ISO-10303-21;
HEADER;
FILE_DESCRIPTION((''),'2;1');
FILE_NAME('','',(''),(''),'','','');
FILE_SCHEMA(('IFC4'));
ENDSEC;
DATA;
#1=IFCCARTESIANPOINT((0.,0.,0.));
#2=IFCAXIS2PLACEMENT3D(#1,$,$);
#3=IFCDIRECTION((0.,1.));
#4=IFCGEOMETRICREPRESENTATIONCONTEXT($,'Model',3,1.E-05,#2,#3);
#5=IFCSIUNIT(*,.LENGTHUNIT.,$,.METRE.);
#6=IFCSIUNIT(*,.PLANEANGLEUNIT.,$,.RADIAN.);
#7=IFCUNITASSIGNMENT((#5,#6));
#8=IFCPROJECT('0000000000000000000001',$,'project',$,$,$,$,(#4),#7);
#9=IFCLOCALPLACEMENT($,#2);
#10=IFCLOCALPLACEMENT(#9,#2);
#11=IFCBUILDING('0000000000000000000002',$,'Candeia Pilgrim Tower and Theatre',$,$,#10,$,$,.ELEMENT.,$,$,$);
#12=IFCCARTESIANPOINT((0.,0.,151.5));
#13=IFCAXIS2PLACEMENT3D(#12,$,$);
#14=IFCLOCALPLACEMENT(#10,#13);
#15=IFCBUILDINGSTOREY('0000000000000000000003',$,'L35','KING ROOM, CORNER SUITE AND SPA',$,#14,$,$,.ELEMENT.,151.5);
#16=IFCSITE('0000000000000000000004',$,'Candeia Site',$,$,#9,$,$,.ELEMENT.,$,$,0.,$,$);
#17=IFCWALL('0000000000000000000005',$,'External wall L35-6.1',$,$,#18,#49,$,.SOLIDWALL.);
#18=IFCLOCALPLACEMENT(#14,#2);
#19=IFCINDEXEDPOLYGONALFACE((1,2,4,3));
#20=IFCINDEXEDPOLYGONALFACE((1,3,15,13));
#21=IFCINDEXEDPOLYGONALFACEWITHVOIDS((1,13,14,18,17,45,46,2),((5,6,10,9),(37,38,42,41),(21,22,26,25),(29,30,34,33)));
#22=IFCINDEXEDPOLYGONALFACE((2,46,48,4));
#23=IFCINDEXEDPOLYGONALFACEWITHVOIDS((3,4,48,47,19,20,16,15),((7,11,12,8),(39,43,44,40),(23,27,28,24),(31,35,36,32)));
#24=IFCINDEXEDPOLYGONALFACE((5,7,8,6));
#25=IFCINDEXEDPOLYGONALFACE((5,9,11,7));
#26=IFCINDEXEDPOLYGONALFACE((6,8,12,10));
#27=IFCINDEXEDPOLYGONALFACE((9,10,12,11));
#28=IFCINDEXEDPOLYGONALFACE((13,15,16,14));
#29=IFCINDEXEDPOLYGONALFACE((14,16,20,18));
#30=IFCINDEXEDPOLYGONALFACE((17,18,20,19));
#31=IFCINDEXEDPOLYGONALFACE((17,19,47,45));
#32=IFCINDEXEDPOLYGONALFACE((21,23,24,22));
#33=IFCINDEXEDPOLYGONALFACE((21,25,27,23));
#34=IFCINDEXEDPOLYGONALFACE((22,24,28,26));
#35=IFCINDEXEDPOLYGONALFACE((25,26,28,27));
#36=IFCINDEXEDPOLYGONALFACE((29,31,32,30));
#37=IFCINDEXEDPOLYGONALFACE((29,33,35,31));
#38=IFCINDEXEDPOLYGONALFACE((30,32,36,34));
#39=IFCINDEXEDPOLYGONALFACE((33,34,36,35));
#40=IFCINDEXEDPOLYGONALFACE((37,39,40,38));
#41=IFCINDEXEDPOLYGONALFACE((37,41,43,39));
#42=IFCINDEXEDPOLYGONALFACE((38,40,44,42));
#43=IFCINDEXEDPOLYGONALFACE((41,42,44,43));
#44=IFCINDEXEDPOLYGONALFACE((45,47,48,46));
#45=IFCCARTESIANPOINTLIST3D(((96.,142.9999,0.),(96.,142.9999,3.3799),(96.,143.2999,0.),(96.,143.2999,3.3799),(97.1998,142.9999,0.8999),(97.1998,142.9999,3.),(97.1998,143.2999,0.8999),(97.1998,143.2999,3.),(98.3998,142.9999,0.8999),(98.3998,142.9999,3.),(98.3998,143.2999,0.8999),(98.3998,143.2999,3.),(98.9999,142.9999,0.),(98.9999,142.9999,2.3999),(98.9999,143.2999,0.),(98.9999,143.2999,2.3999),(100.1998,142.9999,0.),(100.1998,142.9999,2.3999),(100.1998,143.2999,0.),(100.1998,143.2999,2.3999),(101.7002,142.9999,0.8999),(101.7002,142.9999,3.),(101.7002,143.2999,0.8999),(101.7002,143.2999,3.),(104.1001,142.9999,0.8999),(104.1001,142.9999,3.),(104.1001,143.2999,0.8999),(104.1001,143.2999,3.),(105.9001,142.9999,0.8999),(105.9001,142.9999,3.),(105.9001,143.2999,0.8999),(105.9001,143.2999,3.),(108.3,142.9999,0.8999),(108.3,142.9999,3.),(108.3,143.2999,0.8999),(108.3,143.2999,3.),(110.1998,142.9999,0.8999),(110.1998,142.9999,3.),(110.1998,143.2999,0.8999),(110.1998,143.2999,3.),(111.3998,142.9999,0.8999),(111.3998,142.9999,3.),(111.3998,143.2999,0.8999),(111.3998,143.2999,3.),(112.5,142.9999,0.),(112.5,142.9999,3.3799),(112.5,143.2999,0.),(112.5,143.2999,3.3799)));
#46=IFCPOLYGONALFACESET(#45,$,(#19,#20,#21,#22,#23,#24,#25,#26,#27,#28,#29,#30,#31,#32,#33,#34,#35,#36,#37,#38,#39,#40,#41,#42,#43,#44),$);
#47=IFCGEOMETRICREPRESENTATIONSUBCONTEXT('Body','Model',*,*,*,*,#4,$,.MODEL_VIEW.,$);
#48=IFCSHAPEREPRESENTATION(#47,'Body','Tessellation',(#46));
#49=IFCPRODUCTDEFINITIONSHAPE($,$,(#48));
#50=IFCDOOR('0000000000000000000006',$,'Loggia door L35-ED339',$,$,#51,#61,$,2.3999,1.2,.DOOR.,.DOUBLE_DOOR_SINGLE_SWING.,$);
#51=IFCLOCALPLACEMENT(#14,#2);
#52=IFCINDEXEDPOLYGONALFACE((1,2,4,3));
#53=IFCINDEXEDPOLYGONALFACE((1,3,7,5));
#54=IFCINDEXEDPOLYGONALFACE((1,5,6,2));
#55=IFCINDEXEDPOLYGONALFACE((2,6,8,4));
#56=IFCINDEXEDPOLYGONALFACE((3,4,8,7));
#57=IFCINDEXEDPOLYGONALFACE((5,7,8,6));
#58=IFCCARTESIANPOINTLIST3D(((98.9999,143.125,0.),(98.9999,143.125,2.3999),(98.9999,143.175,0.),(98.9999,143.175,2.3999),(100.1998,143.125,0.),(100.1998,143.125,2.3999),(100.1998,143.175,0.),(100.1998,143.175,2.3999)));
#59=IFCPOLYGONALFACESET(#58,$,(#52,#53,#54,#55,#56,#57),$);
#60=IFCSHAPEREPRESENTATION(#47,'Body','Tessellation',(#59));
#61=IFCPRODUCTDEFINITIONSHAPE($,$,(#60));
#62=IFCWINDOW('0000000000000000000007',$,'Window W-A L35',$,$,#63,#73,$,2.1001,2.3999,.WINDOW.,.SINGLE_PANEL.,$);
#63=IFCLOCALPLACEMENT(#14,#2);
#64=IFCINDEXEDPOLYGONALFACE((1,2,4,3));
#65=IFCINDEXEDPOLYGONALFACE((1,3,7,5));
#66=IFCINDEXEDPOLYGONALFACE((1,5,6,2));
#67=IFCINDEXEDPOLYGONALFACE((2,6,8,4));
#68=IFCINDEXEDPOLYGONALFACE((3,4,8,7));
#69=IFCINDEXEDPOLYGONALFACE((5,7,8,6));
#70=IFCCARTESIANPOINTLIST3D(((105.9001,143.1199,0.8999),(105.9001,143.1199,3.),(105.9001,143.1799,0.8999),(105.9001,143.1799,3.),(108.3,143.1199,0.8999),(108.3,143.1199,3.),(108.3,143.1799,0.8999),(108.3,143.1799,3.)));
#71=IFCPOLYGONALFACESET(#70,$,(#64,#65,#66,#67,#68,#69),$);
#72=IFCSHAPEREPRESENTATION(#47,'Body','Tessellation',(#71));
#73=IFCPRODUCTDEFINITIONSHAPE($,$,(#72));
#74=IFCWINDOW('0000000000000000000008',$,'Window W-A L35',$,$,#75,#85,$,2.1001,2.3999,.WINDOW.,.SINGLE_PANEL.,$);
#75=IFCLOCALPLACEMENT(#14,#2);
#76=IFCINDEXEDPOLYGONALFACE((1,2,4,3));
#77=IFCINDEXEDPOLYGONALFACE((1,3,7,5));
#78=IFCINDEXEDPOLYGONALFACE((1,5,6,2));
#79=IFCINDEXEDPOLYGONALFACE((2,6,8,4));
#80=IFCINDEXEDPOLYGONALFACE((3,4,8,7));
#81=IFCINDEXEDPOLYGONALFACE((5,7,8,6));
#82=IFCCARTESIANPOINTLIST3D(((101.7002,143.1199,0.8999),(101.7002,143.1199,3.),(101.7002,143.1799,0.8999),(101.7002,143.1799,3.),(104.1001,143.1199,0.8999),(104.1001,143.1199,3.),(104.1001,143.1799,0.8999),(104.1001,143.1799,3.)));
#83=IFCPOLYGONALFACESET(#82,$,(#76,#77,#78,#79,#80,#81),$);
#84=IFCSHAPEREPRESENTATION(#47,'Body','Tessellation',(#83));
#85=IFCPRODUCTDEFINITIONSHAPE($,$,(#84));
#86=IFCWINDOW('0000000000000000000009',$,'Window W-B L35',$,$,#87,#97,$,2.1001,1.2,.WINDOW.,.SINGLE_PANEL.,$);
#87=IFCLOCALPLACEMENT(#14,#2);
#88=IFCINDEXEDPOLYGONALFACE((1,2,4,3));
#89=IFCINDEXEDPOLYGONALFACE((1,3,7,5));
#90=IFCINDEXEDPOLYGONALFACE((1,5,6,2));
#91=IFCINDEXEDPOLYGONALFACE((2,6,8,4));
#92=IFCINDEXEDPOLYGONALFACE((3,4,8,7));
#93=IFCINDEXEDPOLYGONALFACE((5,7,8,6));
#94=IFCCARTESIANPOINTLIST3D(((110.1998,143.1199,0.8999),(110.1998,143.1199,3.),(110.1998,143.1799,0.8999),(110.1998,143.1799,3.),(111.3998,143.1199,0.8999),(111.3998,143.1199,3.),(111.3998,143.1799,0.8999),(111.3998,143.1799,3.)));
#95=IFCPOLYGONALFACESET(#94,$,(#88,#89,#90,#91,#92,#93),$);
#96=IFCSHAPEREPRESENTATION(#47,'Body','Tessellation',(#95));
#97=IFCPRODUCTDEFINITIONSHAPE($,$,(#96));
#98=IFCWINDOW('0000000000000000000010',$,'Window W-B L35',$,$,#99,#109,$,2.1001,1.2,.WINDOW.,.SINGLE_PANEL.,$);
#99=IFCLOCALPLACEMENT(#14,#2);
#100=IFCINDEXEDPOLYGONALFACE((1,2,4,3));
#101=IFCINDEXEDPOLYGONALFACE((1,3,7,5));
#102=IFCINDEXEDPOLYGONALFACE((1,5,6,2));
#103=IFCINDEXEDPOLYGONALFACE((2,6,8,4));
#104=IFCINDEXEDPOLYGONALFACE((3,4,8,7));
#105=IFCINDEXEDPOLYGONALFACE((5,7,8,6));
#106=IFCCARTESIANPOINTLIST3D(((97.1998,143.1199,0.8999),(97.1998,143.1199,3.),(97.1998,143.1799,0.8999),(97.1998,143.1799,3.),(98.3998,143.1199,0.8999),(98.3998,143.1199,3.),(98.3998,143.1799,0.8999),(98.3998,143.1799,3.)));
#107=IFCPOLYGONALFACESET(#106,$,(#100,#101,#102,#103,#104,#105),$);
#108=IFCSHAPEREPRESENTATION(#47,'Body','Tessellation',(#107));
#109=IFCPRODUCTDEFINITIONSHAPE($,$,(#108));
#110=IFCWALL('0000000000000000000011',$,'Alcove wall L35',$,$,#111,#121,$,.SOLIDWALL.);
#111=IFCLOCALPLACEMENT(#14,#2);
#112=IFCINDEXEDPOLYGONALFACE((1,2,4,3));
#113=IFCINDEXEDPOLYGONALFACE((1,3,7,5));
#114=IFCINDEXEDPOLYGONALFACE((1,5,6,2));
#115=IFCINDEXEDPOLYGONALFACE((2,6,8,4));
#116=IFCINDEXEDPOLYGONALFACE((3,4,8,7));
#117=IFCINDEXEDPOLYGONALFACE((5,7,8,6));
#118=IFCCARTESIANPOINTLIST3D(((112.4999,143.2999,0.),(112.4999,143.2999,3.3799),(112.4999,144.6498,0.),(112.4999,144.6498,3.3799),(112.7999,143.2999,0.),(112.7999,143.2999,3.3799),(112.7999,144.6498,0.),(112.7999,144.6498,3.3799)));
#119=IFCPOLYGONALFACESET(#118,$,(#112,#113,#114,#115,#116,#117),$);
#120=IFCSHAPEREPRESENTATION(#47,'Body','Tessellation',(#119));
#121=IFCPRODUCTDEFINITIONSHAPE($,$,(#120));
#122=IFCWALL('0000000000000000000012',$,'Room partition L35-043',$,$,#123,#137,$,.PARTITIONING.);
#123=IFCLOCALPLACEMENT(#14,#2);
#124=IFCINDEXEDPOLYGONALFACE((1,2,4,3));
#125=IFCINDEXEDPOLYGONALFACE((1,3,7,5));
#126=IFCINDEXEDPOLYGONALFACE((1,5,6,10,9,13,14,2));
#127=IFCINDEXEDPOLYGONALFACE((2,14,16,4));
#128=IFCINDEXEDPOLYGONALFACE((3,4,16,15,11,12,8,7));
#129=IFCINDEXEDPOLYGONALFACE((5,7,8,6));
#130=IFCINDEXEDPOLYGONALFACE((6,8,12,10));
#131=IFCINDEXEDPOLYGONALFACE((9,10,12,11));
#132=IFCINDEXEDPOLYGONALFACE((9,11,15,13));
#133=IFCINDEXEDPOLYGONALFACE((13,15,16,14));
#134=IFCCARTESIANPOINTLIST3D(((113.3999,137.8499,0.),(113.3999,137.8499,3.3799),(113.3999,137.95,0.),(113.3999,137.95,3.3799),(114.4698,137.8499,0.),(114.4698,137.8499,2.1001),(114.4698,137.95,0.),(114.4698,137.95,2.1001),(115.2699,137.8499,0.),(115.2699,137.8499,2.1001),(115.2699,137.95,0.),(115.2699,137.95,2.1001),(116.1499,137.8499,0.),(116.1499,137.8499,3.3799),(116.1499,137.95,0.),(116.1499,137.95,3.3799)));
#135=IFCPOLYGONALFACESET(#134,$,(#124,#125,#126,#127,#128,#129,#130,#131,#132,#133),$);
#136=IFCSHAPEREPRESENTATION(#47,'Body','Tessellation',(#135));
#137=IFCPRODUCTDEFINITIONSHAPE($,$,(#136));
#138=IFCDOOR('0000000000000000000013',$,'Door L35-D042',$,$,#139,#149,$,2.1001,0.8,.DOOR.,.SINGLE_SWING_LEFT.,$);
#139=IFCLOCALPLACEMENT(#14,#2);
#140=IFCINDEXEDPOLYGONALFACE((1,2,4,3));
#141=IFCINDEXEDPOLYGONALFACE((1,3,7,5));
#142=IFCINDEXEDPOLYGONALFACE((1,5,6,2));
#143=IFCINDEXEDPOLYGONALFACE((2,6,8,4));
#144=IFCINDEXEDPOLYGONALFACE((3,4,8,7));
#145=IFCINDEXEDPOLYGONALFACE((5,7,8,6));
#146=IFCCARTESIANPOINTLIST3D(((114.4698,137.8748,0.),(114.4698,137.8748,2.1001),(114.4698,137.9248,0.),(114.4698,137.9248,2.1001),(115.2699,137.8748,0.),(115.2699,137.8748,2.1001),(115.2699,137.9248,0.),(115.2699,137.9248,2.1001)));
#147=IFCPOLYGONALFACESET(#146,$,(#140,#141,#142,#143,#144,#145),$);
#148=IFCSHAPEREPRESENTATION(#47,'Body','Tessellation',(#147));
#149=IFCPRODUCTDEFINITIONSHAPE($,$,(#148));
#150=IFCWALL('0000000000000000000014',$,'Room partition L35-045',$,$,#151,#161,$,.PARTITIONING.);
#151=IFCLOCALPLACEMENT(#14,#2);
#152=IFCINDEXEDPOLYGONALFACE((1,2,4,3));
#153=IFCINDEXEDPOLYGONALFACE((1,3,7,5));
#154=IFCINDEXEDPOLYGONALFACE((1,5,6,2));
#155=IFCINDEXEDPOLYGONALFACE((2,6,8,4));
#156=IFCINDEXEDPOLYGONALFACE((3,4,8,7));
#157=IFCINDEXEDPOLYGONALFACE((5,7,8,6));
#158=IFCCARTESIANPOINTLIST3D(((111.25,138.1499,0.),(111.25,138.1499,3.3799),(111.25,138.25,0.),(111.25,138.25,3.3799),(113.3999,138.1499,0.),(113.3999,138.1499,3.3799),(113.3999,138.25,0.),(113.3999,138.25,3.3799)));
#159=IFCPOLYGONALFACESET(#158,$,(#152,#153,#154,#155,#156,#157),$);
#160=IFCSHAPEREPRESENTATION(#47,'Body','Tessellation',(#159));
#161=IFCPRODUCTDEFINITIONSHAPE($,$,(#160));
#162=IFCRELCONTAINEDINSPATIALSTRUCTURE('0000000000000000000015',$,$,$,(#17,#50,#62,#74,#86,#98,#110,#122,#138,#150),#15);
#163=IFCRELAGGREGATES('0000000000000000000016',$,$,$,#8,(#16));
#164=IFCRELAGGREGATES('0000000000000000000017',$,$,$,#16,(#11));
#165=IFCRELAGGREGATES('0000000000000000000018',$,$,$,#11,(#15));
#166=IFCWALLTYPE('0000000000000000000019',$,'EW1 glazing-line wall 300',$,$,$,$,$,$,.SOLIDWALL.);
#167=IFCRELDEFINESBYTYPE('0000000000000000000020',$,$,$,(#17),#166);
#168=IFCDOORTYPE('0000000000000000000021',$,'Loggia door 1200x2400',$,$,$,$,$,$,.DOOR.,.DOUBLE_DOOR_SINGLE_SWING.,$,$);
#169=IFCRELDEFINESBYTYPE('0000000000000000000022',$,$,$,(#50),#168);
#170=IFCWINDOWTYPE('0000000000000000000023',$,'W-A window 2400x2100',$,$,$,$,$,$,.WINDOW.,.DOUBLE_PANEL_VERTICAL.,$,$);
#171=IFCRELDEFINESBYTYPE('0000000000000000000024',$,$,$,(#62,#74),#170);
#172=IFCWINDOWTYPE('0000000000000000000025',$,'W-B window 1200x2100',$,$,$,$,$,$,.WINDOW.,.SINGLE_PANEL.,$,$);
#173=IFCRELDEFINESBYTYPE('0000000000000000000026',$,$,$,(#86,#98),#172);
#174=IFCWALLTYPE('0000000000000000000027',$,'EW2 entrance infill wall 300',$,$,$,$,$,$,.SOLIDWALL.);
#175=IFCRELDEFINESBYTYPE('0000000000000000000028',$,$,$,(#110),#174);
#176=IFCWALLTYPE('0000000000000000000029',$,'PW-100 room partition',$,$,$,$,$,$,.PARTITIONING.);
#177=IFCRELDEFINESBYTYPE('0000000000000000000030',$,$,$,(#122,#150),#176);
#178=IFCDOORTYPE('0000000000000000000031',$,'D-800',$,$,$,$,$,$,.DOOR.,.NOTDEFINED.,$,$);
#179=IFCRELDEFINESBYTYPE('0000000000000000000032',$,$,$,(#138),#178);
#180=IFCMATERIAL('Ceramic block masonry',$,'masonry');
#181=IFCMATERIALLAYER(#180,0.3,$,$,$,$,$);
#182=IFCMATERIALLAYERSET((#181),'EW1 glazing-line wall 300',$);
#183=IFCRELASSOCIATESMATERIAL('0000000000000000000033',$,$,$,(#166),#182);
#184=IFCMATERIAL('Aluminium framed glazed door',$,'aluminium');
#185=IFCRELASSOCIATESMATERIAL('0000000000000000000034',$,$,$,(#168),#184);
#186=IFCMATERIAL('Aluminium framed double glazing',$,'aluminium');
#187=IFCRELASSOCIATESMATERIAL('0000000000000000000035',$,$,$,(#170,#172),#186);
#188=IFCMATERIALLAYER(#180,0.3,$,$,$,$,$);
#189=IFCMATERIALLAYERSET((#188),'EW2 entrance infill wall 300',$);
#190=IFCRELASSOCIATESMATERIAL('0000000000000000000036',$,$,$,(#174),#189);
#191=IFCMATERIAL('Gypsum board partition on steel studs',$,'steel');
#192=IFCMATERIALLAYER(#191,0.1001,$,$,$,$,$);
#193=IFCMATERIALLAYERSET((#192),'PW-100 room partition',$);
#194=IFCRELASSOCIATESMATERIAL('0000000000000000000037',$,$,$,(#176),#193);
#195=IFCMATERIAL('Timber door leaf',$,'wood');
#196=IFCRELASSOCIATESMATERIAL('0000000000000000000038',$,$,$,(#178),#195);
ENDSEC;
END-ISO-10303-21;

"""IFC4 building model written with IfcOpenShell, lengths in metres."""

from ifc_helpers import new_model, si_unit, direction, frame, frame_2d, origin, place, context, subcontext, project, spatial, rectangle, extrude, material, layer, layer_set, type_object, element, fill, save


model = new_model("IFC4")

# Units and contexts
model_context = context("Model", 3, precision=1e-05, world=origin(), true_north=direction((0.0, 1.0)))
body_context = subcontext(model_context, "Body", "Model", "MODEL_VIEW")
ifc_project = project(units=[si_unit("LENGTHUNIT", "METRE"), si_unit("PLANEANGLEUNIT", "RADIAN")], contexts=[model_context])

# Site, building, storey
site_placement = place(None, origin())
site = spatial("IfcSite", under=ifc_project, at=site_placement, Name="Candeia Site", CompositionType="ELEMENT", RefElevation=0.0)
building_placement = place(site_placement, origin())
building = spatial("IfcBuilding", under=site, at=building_placement, Name="Candeia Pilgrim Tower and Theatre", CompositionType="ELEMENT")
storey_placement = place(building_placement, frame((0.0, 0.0, 151.5)))
storey = spatial("IfcBuildingStorey", under=building, at=storey_placement, Name="L35", Description="KING ROOM, CORNER SUITE AND SPA", CompositionType="ELEMENT", Elevation=151.5)

# Wall, openings, door, windows
ifc_material_1 = material(Name="Ceramic block masonry", Category="masonry")
ifc_layer_1 = layer(ifc_material_1, 0.3)
ifc_layer_set_1 = layer_set([ifc_layer_1], Name="EW1 glazing-line wall 300")
wall_type_1 = type_object("IfcWallType", Name="EW1 glazing-line wall 300", PredefinedType="SOLIDWALL", material=ifc_layer_set_1)
wall_1_placement = place(storey_placement, frame((112.5, 143.1499, 0.0), z_axis=(0.0, 0.0, 1.0), x_axis=(-1.0, 0.0, 0.0)))
wall_1 = element("IfcWall", 1, at=wall_1_placement, inside=storey, type_object=wall_type_1, Name="External wall L35-6.1", PredefinedType="SOLIDWALL", context=body_context, shape_type="SweptSolid", body=[
    extrude(rectangle(XDim=16.5, YDim=0.3, at=frame_2d((8.25, 0.0))), origin(), (0.0, 0.0, 1.0), 3.3799),
])
opening_1_placement = place(wall_1_placement, frame((1.1001, 0.0, 0.8999)))
opening_1 = element("IfcOpeningElement", 2, at=opening_1_placement, cuts=wall_1, PredefinedType="OPENING", context=body_context, shape_type="SweptSolid", body=[
    extrude(rectangle(XDim=1.2, YDim=2.1001, at=frame_2d((0.6001, 1.05))), frame((0.0, 0.1602, 0.0), z_axis=(0.0, -1.0, 0.0), x_axis=(1.0, 0.0, 0.0)), (0.0, 0.0, 1.0), 0.3201),
])
opening_2_placement = place(wall_1_placement, frame((4.2, 0.0, 0.8999)))
opening_2 = element("IfcOpeningElement", 3, at=opening_2_placement, cuts=wall_1, PredefinedType="OPENING", context=body_context, shape_type="SweptSolid", body=[
    extrude(rectangle(XDim=2.3999, YDim=2.1001, at=frame_2d((1.2, 1.05))), frame((0.0, 0.1602, 0.0), z_axis=(0.0, -1.0, 0.0), x_axis=(1.0, 0.0, 0.0)), (0.0, 0.0, 1.0), 0.3201),
])
opening_3_placement = place(wall_1_placement, frame((8.3999, 0.0, 0.8999)))
opening_3 = element("IfcOpeningElement", 4, at=opening_3_placement, cuts=wall_1, PredefinedType="OPENING", context=body_context, shape_type="SweptSolid", body=[
    extrude(rectangle(XDim=2.3999, YDim=2.1001, at=frame_2d((1.2, 1.05))), frame((0.0, 0.1602, 0.0), z_axis=(0.0, -1.0, 0.0), x_axis=(1.0, 0.0, 0.0)), (0.0, 0.0, 1.0), 0.3201),
])
opening_4_placement = place(wall_1_placement, frame((12.3, 0.0, 0.0)))
opening_4 = element("IfcOpeningElement", 5, at=opening_4_placement, cuts=wall_1, PredefinedType="OPENING", context=body_context, shape_type="SweptSolid", body=[
    extrude(rectangle(XDim=1.2, YDim=2.3999, at=frame_2d((0.6001, 1.2))), frame((0.0, 0.1602, 0.0), z_axis=(0.0, -1.0, 0.0), x_axis=(1.0, 0.0, 0.0)), (0.0, 0.0, 1.0), 0.3201),
])
opening_5_placement = place(wall_1_placement, frame((14.1001, 0.0, 0.8999)))
opening_5 = element("IfcOpeningElement", 6, at=opening_5_placement, cuts=wall_1, PredefinedType="OPENING", context=body_context, shape_type="SweptSolid", body=[
    extrude(rectangle(XDim=1.2, YDim=2.1001, at=frame_2d((0.6001, 1.05))), frame((0.0, 0.1602, 0.0), z_axis=(0.0, -1.0, 0.0), x_axis=(1.0, 0.0, 0.0)), (0.0, 0.0, 1.0), 0.3201),
])
ifc_material_2 = material(Name="Aluminium framed glazed door", Category="aluminium")
door_type_1 = type_object("IfcDoorType", Name="Loggia door 1200x2400", OperationType="DOUBLE_DOOR_SINGLE_SWING", PredefinedType="DOOR", material=ifc_material_2)
door_1_placement = place(opening_4_placement, origin())
door_1 = element("IfcDoor", 7, at=door_1_placement, inside=storey, type_object=door_type_1, Name="Loggia door L35-ED339", OperationType="DOUBLE_DOOR_SINGLE_SWING", OverallHeight=2.3999, OverallWidth=1.2, PredefinedType="DOOR", context=body_context, shape_type="SweptSolid", body=[
    extrude(rectangle(XDim=1.2, YDim=2.3999, at=frame_2d((0.6001, 1.2))), frame((0.0, 0.0249, 0.0), z_axis=(0.0, -1.0, 0.0), x_axis=(1.0, 0.0, 0.0)), (0.0, 0.0, 1.0), 0.05),
])
fill(opening_4, door_1)
ifc_material_3 = material(Name="Aluminium framed double glazing", Category="aluminium")
window_type_1 = type_object("IfcWindowType", Name="W-A window 2400x2100", PartitioningType="DOUBLE_PANEL_VERTICAL", PredefinedType="WINDOW", material=ifc_material_3)
window_1_placement = place(opening_2_placement, origin())
window_1 = element("IfcWindow", 8, at=window_1_placement, inside=storey, type_object=window_type_1, Name="Window W-A L35", OverallHeight=2.1001, OverallWidth=2.3999, PartitioningType="SINGLE_PANEL", PredefinedType="WINDOW", context=body_context, shape_type="SweptSolid", body=[
    extrude(rectangle(XDim=2.3999, YDim=2.1001, at=frame_2d((1.2, 1.05))), frame((0.0, 0.03, 0.0), z_axis=(0.0, -1.0, 0.0), x_axis=(1.0, 0.0, 0.0)), (0.0, 0.0, 1.0), 0.0601),
])
fill(opening_2, window_1)
window_2_placement = place(opening_3_placement, origin())
window_2 = element("IfcWindow", 9, at=window_2_placement, inside=storey, type_object=window_type_1, Name="Window W-A L35", OverallHeight=2.1001, OverallWidth=2.3999, PartitioningType="SINGLE_PANEL", PredefinedType="WINDOW", context=body_context, shape_type="SweptSolid", body=[
    extrude(rectangle(XDim=2.3999, YDim=2.1001, at=frame_2d((1.2, 1.05))), frame((0.0, 0.03, 0.0), z_axis=(0.0, -1.0, 0.0), x_axis=(1.0, 0.0, 0.0)), (0.0, 0.0, 1.0), 0.0601),
])
fill(opening_3, window_2)
window_type_2 = type_object("IfcWindowType", Name="W-B window 1200x2100", PartitioningType="SINGLE_PANEL", PredefinedType="WINDOW", material=ifc_material_3)
window_3_placement = place(opening_1_placement, origin())
window_3 = element("IfcWindow", 10, at=window_3_placement, inside=storey, type_object=window_type_2, Name="Window W-B L35", OverallHeight=2.1001, OverallWidth=1.2, PartitioningType="SINGLE_PANEL", PredefinedType="WINDOW", context=body_context, shape_type="SweptSolid", body=[
    extrude(rectangle(XDim=1.2, YDim=2.1001, at=frame_2d((0.6001, 1.05))), frame((0.0, 0.03, 0.0), z_axis=(0.0, -1.0, 0.0), x_axis=(1.0, 0.0, 0.0)), (0.0, 0.0, 1.0), 0.0601),
])
fill(opening_1, window_3)
window_4_placement = place(opening_5_placement, origin())
window_4 = element("IfcWindow", 11, at=window_4_placement, inside=storey, type_object=window_type_2, Name="Window W-B L35", OverallHeight=2.1001, OverallWidth=1.2, PartitioningType="SINGLE_PANEL", PredefinedType="WINDOW", context=body_context, shape_type="SweptSolid", body=[
    extrude(rectangle(XDim=1.2, YDim=2.1001, at=frame_2d((0.6001, 1.05))), frame((0.0, 0.03, 0.0), z_axis=(0.0, -1.0, 0.0), x_axis=(1.0, 0.0, 0.0)), (0.0, 0.0, 1.0), 0.0601),
])
fill(opening_5, window_4)

# Wall
ifc_layer_2 = layer(ifc_material_1, 0.3)
ifc_layer_set_2 = layer_set([ifc_layer_2], Name="EW2 entrance infill wall 300")
wall_type_2 = type_object("IfcWallType", Name="EW2 entrance infill wall 300", PredefinedType="SOLIDWALL", material=ifc_layer_set_2)
wall_2_placement = place(storey_placement, frame((112.6499, 143.3, 0.0), z_axis=(0.0, 0.0, 1.0), x_axis=(0.0, 1.0, 0.0)))
element("IfcWall", 12, at=wall_2_placement, inside=storey, type_object=wall_type_2, Name="Alcove wall L35", PredefinedType="SOLIDWALL", context=body_context, shape_type="SweptSolid", body=[
    extrude(rectangle(XDim=1.3499, YDim=0.3, at=frame_2d((0.6748, 0.0))), origin(), (0.0, 0.0, 1.0), 3.3799),
])

# Wall, opening, door
ifc_material_4 = material(Name="Gypsum board partition on steel studs", Category="steel")
ifc_layer_3 = layer(ifc_material_4, 0.1001)
ifc_layer_set_3 = layer_set([ifc_layer_3], Name="PW-100 room partition")
wall_type_3 = type_object("IfcWallType", Name="PW-100 room partition", PredefinedType="PARTITIONING", material=ifc_layer_set_3)
wall_3_placement = place(storey_placement, frame((113.3999, 137.8999, 0.0), z_axis=(0.0, 0.0, 1.0), x_axis=(1.0, 0.0, 0.0)))
wall_3 = element("IfcWall", 13, at=wall_3_placement, inside=storey, type_object=wall_type_3, Name="Room partition L35-043", PredefinedType="PARTITIONING", context=body_context, shape_type="SweptSolid", body=[
    extrude(rectangle(XDim=2.75, YDim=0.1001, at=frame_2d((1.375, 0.0))), origin(), (0.0, 0.0, 1.0), 3.3799),
])
opening_6_placement = place(wall_3_placement, frame((1.0701, 0.0, 0.0)))
opening_6 = element("IfcOpeningElement", 14, at=opening_6_placement, cuts=wall_3, PredefinedType="OPENING", context=body_context, shape_type="SweptSolid", body=[
    extrude(rectangle(XDim=0.8, YDim=2.1001, at=frame_2d((0.3999, 1.05))), frame((0.0, 0.0601, 0.0), z_axis=(0.0, -1.0, 0.0), x_axis=(1.0, 0.0, 0.0)), (0.0, 0.0, 1.0), 0.1201),
])
ifc_material_5 = material(Name="Timber door leaf", Category="wood")
door_type_2 = type_object("IfcDoorType", Name="D-800", OperationType="NOTDEFINED", PredefinedType="DOOR", material=ifc_material_5)
door_2_placement = place(opening_6_placement, origin())
door_2 = element("IfcDoor", 15, at=door_2_placement, inside=storey, type_object=door_type_2, Name="Door L35-D042", OperationType="SINGLE_SWING_LEFT", OverallHeight=2.1001, OverallWidth=0.8, PredefinedType="DOOR", context=body_context, shape_type="SweptSolid", body=[
    extrude(rectangle(XDim=0.8, YDim=2.1001, at=frame_2d((0.3999, 1.05))), frame((0.0, 0.0249, 0.0), z_axis=(0.0, -1.0, 0.0), x_axis=(1.0, 0.0, 0.0)), (0.0, 0.0, 1.0), 0.05),
])
fill(opening_6, door_2)

# Wall
wall_4_placement = place(storey_placement, frame((111.25, 138.2, 0.0), z_axis=(0.0, 0.0, 1.0), x_axis=(1.0, 0.0, 0.0)))
element("IfcWall", 16, at=wall_4_placement, inside=storey, type_object=wall_type_3, Name="Room partition L35-045", PredefinedType="PARTITIONING", context=body_context, shape_type="SweptSolid", body=[
    extrude(rectangle(XDim=2.1499, YDim=0.1001, at=frame_2d((1.075, 0.0))), origin(), (0.0, 0.0, 1.0), 3.3799),
])

save(model, "model.ifc")
